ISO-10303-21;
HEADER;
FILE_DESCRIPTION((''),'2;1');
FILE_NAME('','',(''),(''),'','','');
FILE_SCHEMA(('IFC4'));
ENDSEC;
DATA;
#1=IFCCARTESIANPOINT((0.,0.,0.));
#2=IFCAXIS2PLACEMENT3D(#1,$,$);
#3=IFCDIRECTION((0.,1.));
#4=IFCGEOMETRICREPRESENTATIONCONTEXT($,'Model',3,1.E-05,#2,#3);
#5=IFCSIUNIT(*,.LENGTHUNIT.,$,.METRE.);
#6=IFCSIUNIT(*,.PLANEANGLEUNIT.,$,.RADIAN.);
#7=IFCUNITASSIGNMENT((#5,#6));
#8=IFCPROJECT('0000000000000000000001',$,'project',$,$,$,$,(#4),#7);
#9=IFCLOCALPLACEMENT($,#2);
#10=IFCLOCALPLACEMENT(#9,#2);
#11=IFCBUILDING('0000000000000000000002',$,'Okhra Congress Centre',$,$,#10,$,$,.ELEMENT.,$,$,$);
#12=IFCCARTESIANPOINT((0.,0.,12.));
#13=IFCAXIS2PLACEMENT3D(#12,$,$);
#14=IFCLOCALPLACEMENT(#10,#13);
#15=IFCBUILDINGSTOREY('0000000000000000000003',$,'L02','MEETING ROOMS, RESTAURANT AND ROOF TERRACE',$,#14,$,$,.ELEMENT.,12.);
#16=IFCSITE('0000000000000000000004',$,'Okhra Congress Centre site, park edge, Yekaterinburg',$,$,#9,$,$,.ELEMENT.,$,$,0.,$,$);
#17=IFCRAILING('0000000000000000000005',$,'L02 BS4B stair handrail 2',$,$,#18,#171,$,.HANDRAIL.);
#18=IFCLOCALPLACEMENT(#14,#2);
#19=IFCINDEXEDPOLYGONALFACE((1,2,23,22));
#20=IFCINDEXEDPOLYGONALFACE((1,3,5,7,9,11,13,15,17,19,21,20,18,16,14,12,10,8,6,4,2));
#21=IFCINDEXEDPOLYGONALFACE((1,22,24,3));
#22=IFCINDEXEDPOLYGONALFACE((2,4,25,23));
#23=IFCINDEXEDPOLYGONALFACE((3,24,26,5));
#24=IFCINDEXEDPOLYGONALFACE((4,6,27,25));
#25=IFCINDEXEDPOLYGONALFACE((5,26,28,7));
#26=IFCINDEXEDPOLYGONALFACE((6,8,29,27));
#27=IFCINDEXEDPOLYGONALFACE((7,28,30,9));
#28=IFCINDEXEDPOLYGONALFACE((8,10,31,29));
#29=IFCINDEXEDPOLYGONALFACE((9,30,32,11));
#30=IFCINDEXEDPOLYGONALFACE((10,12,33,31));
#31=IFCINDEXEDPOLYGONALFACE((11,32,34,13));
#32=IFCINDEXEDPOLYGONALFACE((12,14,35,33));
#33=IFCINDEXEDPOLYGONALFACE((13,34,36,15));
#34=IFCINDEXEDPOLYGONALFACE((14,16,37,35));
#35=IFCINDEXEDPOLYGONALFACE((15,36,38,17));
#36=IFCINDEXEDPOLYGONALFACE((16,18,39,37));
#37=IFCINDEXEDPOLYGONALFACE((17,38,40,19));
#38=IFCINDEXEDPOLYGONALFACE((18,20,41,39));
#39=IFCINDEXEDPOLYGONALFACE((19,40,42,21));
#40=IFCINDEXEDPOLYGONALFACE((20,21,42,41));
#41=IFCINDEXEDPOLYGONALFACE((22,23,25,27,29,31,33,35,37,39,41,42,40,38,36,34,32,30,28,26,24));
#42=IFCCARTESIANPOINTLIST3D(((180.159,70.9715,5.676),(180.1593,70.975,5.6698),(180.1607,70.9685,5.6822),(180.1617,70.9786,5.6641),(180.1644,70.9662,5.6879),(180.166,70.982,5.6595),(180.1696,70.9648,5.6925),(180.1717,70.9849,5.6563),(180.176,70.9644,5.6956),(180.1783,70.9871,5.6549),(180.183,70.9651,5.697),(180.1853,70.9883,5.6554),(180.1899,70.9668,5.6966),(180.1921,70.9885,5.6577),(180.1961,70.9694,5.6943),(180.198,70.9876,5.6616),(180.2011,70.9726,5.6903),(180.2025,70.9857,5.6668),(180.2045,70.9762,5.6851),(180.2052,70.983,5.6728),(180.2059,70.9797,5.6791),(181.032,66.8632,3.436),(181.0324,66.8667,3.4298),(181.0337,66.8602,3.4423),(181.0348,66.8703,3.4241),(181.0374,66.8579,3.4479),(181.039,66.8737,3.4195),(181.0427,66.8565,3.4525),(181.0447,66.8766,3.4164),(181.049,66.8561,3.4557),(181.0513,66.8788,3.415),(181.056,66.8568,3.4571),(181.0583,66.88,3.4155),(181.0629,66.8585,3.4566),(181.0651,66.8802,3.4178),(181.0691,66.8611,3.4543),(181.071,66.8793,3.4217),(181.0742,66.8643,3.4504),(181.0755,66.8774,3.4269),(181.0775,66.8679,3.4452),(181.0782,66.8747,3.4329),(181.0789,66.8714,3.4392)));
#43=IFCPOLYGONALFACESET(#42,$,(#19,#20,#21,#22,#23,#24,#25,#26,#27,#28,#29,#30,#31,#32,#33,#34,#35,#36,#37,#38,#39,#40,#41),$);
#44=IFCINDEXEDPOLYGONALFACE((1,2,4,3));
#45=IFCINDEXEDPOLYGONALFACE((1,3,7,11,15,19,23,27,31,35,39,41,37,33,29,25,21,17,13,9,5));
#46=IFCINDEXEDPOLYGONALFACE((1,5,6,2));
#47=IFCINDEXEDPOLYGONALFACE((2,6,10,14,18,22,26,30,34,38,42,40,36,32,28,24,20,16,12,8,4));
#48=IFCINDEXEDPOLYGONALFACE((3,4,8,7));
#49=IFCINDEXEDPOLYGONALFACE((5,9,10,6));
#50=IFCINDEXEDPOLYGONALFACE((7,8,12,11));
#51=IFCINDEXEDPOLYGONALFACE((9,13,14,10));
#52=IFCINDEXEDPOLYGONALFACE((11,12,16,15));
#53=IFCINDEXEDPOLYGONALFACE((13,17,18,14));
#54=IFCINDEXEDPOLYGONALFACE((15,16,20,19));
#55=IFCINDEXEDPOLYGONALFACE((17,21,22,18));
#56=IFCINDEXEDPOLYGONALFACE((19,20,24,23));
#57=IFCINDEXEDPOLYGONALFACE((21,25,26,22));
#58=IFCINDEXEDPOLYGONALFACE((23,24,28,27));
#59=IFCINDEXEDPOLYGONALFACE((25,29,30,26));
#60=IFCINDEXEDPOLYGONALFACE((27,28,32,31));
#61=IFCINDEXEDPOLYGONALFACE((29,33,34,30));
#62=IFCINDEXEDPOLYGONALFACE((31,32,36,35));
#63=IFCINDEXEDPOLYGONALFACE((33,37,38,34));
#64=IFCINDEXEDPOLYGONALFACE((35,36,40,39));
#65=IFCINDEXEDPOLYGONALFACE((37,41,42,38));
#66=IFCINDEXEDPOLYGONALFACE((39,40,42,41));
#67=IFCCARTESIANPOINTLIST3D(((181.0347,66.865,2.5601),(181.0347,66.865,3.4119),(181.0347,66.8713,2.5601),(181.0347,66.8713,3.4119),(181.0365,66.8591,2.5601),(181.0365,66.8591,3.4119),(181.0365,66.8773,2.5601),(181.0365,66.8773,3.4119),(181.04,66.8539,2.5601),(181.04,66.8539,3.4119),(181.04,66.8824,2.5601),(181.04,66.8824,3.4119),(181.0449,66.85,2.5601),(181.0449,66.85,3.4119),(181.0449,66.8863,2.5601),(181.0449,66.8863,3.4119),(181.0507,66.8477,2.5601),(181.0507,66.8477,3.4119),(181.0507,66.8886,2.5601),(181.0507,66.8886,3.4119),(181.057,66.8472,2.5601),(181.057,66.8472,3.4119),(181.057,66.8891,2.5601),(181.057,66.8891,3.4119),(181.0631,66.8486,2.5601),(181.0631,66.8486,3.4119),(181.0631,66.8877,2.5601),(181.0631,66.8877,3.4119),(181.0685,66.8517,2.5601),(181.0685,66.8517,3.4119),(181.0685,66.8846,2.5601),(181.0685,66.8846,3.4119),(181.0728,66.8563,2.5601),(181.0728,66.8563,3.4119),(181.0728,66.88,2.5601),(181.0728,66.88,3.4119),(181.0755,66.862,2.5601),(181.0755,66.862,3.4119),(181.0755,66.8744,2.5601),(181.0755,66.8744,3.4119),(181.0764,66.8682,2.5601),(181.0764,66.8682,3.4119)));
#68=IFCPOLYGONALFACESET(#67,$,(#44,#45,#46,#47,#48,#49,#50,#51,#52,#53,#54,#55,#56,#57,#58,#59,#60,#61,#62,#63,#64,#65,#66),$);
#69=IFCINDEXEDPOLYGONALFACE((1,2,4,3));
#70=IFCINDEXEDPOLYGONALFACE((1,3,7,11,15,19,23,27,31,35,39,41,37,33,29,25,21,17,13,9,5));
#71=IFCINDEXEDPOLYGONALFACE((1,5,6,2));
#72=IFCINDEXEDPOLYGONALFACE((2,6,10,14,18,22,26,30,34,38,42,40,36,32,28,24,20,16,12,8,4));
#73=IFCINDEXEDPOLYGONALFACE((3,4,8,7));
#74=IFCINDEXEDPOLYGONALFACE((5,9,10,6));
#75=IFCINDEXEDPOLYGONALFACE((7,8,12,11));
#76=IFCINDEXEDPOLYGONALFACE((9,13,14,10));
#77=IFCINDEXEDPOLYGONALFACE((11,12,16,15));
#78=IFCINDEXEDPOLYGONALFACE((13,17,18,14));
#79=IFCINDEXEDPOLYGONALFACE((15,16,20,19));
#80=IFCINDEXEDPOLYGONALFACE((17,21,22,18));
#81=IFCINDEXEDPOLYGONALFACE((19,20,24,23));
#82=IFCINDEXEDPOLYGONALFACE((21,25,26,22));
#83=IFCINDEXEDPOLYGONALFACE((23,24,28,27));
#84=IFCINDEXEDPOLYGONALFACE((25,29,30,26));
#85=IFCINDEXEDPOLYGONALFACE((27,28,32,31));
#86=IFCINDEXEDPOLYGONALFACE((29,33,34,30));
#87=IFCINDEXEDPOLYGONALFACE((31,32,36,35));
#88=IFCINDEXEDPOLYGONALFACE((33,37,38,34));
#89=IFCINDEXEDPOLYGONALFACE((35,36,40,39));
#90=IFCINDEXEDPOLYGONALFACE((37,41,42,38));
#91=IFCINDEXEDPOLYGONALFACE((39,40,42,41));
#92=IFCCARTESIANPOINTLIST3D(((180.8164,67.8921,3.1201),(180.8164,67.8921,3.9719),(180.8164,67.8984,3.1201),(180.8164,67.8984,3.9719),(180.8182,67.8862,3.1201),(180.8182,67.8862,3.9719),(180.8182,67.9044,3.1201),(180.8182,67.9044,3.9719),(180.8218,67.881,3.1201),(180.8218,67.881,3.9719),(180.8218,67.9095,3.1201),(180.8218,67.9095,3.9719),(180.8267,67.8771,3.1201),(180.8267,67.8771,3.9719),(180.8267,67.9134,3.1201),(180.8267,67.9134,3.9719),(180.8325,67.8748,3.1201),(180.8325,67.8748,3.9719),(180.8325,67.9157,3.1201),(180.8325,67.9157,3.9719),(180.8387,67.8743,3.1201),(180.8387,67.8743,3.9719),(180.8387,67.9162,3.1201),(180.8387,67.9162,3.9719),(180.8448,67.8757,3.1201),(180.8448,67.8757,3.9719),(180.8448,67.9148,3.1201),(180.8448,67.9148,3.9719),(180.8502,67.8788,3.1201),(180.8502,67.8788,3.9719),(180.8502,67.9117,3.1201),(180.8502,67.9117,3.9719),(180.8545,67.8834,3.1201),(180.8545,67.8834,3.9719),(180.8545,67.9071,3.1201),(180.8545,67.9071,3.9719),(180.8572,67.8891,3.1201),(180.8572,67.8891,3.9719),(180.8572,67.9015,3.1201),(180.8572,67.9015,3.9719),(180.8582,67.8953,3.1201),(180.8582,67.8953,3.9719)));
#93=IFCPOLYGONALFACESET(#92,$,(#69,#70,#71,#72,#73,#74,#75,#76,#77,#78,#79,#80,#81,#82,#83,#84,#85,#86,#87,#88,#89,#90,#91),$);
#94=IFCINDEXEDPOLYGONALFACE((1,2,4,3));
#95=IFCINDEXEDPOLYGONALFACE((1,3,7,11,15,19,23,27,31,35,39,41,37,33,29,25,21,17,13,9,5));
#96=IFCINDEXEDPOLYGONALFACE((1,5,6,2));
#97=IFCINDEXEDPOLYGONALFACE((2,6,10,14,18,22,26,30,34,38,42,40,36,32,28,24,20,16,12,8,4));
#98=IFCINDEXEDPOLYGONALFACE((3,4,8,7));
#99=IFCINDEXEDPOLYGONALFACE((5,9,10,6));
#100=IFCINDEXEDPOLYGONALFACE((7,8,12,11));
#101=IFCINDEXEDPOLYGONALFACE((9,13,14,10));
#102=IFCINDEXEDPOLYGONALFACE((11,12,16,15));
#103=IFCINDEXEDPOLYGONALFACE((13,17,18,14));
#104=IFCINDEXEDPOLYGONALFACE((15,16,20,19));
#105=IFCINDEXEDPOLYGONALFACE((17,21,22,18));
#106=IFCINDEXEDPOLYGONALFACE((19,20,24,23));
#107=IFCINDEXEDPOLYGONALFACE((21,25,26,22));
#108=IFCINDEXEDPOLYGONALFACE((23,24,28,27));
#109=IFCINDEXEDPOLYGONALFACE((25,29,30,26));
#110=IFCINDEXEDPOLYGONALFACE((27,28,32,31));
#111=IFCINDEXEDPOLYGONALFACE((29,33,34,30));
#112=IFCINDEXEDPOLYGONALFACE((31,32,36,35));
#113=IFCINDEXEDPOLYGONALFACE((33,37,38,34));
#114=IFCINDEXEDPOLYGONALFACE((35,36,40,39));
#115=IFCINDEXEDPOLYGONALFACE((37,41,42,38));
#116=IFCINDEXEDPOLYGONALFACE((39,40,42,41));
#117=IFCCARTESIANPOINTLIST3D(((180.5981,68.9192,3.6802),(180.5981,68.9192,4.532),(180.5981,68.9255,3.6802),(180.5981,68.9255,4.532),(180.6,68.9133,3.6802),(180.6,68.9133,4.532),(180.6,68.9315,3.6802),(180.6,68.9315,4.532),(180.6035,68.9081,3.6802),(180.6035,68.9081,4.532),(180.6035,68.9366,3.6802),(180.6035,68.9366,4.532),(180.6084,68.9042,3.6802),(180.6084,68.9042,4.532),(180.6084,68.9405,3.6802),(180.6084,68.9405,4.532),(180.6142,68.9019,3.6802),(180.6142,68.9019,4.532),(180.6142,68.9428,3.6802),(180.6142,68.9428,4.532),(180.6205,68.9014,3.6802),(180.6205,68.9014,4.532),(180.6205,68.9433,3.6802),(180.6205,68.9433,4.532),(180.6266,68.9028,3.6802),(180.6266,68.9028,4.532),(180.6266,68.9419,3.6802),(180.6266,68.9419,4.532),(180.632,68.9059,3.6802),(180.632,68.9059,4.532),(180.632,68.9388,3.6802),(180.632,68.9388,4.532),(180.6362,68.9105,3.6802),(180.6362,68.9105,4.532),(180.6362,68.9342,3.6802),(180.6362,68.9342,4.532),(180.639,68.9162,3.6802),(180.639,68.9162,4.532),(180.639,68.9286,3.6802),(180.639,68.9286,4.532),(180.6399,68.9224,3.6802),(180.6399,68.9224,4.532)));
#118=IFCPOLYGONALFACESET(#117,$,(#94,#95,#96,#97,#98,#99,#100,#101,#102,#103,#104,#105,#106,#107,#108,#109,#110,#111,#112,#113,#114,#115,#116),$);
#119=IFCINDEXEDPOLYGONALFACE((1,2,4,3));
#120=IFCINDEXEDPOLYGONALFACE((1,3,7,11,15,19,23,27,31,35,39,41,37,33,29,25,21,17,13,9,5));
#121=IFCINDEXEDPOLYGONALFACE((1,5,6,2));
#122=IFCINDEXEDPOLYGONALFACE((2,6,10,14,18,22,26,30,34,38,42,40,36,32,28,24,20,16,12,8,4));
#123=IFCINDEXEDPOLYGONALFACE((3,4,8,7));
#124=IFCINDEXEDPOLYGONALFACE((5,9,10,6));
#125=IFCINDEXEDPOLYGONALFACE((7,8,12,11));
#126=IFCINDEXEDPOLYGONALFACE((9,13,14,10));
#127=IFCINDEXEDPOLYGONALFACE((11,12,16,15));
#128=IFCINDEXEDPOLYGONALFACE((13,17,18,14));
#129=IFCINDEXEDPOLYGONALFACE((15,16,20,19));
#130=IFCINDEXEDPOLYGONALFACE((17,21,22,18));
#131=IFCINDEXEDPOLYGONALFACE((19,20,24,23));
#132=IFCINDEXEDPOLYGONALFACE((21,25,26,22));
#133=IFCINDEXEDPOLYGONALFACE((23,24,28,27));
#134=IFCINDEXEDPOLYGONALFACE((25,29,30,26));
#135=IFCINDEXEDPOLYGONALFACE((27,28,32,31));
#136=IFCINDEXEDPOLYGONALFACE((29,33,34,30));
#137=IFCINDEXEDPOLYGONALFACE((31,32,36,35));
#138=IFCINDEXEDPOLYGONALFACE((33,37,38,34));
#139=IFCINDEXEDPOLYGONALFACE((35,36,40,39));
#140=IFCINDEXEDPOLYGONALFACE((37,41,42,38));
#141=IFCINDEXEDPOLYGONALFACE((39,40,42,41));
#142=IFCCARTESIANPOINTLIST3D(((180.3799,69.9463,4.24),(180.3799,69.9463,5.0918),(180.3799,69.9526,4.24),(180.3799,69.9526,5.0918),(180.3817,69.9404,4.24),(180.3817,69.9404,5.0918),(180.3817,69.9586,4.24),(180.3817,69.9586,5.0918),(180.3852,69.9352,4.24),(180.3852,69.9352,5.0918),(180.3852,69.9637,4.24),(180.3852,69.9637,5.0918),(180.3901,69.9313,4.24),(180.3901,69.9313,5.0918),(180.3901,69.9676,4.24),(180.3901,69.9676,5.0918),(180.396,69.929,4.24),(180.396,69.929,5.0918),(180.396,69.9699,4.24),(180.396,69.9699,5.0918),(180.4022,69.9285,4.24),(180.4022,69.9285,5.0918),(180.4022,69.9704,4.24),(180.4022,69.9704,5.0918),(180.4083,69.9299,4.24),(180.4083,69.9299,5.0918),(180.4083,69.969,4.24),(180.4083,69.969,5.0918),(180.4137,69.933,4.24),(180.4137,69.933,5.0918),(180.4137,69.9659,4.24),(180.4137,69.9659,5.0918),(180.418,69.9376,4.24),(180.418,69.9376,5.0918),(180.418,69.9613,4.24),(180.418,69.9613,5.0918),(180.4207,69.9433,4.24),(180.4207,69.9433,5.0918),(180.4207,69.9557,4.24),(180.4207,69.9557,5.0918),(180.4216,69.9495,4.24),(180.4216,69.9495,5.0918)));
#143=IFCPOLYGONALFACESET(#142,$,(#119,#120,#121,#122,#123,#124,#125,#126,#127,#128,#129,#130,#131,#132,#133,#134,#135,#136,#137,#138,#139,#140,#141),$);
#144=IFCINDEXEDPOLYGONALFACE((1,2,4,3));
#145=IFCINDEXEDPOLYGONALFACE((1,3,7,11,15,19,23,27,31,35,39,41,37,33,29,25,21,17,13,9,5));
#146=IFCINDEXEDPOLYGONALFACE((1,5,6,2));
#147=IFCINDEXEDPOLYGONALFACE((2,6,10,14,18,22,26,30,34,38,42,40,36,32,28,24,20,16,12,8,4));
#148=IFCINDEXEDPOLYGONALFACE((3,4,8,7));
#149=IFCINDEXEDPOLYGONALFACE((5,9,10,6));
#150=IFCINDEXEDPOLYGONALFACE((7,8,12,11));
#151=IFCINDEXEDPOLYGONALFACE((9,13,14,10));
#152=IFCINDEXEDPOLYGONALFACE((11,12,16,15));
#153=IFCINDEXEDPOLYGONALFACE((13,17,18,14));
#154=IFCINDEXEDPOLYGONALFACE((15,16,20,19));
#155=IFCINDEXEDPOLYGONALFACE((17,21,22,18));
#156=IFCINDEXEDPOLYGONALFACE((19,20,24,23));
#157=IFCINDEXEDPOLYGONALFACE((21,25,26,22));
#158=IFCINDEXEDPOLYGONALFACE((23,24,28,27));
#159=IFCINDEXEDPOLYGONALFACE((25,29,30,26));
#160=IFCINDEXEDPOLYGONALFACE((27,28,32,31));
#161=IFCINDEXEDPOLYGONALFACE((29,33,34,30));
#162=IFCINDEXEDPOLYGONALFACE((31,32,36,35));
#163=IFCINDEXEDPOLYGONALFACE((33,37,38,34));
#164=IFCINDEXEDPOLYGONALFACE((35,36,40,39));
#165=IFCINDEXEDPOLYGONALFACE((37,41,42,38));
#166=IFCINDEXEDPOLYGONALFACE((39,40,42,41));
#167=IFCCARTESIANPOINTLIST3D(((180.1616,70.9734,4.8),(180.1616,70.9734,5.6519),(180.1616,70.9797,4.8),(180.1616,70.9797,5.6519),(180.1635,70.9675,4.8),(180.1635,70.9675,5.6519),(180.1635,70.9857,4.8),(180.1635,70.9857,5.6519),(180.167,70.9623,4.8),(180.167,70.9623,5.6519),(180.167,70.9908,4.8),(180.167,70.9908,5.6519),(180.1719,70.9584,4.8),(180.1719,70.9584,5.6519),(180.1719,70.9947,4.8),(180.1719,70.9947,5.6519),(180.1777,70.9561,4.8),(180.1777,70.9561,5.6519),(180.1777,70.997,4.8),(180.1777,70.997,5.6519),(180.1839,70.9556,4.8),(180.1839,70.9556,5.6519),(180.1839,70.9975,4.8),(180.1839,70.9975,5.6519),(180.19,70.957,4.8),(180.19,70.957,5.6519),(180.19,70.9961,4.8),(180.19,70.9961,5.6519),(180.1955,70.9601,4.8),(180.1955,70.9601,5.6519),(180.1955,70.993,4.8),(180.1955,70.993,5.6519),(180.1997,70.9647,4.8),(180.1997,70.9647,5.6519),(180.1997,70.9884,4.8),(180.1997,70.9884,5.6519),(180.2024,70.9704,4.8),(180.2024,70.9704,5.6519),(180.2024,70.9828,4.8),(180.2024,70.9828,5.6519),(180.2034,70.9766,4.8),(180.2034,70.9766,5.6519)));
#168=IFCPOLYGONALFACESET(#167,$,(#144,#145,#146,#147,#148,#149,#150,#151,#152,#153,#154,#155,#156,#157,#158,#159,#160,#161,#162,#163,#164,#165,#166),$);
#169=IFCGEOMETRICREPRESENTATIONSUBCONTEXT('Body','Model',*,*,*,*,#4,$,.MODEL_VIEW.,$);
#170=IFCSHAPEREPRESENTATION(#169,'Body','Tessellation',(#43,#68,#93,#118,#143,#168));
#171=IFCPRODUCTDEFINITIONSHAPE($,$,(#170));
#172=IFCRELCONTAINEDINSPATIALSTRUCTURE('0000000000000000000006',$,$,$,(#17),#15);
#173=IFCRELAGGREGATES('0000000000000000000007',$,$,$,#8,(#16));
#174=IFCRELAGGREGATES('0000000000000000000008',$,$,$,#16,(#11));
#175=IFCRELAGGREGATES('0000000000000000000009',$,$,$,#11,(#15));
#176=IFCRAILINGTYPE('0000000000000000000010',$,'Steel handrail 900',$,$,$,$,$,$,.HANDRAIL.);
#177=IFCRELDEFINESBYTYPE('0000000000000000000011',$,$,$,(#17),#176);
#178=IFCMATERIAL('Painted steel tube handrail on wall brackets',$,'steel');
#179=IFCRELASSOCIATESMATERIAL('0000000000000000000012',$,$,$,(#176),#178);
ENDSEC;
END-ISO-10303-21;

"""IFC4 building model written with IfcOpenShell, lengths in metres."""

from ifc_helpers import new_model, si_unit, direction, frame, origin, origin_2d, place, context, subcontext, project, spatial, circle, extrude, material, type_object, element, save


model = new_model("IFC4")

# Units and contexts
model_context = context("Model", 3, precision=1e-05, world=origin(), true_north=direction((0.0, 1.0)))
body_context = subcontext(model_context, "Body", "Model", "MODEL_VIEW")
ifc_project = project(units=[si_unit("LENGTHUNIT", "METRE"), si_unit("PLANEANGLEUNIT", "RADIAN")], contexts=[model_context])

# Site, building, storey
site_placement = place(None, origin())
site = spatial("IfcSite", under=ifc_project, at=site_placement, Name="Okhra Congress Centre site, park edge, Yekaterinburg", CompositionType="ELEMENT", RefElevation=0.0)
building_placement = place(site_placement, origin())
building = spatial("IfcBuilding", under=site, at=building_placement, Name="Okhra Congress Centre", CompositionType="ELEMENT")
storey_placement = place(building_placement, frame((0.0, 0.0, 12.0)))
storey = spatial("IfcBuildingStorey", under=building, at=storey_placement, Name="L02", Description="MEETING ROOMS, RESTAURANT AND ROOF TERRACE", CompositionType="ELEMENT", Elevation=12.0)

# Railing
ifc_material_1 = material(Name="Painted steel tube handrail on wall brackets", Category="steel")
railing_type_1 = type_object("IfcRailingType", Name="Steel handrail 900", PredefinedType="HANDRAIL", material=ifc_material_1)
railing_1_placement = place(storey_placement, frame((181.0554, 66.8682, 2.5601)))
element("IfcRailing", 1, at=railing_1_placement, inside=storey, type_object=railing_type_1, Name="L02 BS4B stair handrail 2", PredefinedType="HANDRAIL", context=body_context, shape_type="SweptSolid", body=[
    extrude(circle(Radius=0.0239, at=origin_2d()), frame((0.0, 0.0, 0.876), z_axis=(-0.183409, 0.863088, 0.470575), x_axis=(-0.978158, -0.207862, 0.0)), (0.0, 0.0, 1.0), 4.76),
    extrude(circle(Radius=0.021, at=origin_2d()), origin(), (0.0, 0.0, 1.0), 0.8518),
    extrude(circle(Radius=0.021, at=origin_2d()), frame((-0.2183, 1.0271, 0.5601)), (0.0, 0.0, 1.0), 0.8518),
    extrude(circle(Radius=0.021, at=origin_2d()), frame((-0.4365, 2.0542, 1.1201)), (0.0, 0.0, 1.0), 0.8518),
    extrude(circle(Radius=0.021, at=origin_2d()), frame((-0.6548, 3.0813, 1.6799)), (0.0, 0.0, 1.0), 0.8518),
    extrude(circle(Radius=0.021, at=origin_2d()), frame((-0.873, 4.1084, 2.24)), (0.0, 0.0, 1.0), 0.8518),
])

save(model, "model.ifc")
